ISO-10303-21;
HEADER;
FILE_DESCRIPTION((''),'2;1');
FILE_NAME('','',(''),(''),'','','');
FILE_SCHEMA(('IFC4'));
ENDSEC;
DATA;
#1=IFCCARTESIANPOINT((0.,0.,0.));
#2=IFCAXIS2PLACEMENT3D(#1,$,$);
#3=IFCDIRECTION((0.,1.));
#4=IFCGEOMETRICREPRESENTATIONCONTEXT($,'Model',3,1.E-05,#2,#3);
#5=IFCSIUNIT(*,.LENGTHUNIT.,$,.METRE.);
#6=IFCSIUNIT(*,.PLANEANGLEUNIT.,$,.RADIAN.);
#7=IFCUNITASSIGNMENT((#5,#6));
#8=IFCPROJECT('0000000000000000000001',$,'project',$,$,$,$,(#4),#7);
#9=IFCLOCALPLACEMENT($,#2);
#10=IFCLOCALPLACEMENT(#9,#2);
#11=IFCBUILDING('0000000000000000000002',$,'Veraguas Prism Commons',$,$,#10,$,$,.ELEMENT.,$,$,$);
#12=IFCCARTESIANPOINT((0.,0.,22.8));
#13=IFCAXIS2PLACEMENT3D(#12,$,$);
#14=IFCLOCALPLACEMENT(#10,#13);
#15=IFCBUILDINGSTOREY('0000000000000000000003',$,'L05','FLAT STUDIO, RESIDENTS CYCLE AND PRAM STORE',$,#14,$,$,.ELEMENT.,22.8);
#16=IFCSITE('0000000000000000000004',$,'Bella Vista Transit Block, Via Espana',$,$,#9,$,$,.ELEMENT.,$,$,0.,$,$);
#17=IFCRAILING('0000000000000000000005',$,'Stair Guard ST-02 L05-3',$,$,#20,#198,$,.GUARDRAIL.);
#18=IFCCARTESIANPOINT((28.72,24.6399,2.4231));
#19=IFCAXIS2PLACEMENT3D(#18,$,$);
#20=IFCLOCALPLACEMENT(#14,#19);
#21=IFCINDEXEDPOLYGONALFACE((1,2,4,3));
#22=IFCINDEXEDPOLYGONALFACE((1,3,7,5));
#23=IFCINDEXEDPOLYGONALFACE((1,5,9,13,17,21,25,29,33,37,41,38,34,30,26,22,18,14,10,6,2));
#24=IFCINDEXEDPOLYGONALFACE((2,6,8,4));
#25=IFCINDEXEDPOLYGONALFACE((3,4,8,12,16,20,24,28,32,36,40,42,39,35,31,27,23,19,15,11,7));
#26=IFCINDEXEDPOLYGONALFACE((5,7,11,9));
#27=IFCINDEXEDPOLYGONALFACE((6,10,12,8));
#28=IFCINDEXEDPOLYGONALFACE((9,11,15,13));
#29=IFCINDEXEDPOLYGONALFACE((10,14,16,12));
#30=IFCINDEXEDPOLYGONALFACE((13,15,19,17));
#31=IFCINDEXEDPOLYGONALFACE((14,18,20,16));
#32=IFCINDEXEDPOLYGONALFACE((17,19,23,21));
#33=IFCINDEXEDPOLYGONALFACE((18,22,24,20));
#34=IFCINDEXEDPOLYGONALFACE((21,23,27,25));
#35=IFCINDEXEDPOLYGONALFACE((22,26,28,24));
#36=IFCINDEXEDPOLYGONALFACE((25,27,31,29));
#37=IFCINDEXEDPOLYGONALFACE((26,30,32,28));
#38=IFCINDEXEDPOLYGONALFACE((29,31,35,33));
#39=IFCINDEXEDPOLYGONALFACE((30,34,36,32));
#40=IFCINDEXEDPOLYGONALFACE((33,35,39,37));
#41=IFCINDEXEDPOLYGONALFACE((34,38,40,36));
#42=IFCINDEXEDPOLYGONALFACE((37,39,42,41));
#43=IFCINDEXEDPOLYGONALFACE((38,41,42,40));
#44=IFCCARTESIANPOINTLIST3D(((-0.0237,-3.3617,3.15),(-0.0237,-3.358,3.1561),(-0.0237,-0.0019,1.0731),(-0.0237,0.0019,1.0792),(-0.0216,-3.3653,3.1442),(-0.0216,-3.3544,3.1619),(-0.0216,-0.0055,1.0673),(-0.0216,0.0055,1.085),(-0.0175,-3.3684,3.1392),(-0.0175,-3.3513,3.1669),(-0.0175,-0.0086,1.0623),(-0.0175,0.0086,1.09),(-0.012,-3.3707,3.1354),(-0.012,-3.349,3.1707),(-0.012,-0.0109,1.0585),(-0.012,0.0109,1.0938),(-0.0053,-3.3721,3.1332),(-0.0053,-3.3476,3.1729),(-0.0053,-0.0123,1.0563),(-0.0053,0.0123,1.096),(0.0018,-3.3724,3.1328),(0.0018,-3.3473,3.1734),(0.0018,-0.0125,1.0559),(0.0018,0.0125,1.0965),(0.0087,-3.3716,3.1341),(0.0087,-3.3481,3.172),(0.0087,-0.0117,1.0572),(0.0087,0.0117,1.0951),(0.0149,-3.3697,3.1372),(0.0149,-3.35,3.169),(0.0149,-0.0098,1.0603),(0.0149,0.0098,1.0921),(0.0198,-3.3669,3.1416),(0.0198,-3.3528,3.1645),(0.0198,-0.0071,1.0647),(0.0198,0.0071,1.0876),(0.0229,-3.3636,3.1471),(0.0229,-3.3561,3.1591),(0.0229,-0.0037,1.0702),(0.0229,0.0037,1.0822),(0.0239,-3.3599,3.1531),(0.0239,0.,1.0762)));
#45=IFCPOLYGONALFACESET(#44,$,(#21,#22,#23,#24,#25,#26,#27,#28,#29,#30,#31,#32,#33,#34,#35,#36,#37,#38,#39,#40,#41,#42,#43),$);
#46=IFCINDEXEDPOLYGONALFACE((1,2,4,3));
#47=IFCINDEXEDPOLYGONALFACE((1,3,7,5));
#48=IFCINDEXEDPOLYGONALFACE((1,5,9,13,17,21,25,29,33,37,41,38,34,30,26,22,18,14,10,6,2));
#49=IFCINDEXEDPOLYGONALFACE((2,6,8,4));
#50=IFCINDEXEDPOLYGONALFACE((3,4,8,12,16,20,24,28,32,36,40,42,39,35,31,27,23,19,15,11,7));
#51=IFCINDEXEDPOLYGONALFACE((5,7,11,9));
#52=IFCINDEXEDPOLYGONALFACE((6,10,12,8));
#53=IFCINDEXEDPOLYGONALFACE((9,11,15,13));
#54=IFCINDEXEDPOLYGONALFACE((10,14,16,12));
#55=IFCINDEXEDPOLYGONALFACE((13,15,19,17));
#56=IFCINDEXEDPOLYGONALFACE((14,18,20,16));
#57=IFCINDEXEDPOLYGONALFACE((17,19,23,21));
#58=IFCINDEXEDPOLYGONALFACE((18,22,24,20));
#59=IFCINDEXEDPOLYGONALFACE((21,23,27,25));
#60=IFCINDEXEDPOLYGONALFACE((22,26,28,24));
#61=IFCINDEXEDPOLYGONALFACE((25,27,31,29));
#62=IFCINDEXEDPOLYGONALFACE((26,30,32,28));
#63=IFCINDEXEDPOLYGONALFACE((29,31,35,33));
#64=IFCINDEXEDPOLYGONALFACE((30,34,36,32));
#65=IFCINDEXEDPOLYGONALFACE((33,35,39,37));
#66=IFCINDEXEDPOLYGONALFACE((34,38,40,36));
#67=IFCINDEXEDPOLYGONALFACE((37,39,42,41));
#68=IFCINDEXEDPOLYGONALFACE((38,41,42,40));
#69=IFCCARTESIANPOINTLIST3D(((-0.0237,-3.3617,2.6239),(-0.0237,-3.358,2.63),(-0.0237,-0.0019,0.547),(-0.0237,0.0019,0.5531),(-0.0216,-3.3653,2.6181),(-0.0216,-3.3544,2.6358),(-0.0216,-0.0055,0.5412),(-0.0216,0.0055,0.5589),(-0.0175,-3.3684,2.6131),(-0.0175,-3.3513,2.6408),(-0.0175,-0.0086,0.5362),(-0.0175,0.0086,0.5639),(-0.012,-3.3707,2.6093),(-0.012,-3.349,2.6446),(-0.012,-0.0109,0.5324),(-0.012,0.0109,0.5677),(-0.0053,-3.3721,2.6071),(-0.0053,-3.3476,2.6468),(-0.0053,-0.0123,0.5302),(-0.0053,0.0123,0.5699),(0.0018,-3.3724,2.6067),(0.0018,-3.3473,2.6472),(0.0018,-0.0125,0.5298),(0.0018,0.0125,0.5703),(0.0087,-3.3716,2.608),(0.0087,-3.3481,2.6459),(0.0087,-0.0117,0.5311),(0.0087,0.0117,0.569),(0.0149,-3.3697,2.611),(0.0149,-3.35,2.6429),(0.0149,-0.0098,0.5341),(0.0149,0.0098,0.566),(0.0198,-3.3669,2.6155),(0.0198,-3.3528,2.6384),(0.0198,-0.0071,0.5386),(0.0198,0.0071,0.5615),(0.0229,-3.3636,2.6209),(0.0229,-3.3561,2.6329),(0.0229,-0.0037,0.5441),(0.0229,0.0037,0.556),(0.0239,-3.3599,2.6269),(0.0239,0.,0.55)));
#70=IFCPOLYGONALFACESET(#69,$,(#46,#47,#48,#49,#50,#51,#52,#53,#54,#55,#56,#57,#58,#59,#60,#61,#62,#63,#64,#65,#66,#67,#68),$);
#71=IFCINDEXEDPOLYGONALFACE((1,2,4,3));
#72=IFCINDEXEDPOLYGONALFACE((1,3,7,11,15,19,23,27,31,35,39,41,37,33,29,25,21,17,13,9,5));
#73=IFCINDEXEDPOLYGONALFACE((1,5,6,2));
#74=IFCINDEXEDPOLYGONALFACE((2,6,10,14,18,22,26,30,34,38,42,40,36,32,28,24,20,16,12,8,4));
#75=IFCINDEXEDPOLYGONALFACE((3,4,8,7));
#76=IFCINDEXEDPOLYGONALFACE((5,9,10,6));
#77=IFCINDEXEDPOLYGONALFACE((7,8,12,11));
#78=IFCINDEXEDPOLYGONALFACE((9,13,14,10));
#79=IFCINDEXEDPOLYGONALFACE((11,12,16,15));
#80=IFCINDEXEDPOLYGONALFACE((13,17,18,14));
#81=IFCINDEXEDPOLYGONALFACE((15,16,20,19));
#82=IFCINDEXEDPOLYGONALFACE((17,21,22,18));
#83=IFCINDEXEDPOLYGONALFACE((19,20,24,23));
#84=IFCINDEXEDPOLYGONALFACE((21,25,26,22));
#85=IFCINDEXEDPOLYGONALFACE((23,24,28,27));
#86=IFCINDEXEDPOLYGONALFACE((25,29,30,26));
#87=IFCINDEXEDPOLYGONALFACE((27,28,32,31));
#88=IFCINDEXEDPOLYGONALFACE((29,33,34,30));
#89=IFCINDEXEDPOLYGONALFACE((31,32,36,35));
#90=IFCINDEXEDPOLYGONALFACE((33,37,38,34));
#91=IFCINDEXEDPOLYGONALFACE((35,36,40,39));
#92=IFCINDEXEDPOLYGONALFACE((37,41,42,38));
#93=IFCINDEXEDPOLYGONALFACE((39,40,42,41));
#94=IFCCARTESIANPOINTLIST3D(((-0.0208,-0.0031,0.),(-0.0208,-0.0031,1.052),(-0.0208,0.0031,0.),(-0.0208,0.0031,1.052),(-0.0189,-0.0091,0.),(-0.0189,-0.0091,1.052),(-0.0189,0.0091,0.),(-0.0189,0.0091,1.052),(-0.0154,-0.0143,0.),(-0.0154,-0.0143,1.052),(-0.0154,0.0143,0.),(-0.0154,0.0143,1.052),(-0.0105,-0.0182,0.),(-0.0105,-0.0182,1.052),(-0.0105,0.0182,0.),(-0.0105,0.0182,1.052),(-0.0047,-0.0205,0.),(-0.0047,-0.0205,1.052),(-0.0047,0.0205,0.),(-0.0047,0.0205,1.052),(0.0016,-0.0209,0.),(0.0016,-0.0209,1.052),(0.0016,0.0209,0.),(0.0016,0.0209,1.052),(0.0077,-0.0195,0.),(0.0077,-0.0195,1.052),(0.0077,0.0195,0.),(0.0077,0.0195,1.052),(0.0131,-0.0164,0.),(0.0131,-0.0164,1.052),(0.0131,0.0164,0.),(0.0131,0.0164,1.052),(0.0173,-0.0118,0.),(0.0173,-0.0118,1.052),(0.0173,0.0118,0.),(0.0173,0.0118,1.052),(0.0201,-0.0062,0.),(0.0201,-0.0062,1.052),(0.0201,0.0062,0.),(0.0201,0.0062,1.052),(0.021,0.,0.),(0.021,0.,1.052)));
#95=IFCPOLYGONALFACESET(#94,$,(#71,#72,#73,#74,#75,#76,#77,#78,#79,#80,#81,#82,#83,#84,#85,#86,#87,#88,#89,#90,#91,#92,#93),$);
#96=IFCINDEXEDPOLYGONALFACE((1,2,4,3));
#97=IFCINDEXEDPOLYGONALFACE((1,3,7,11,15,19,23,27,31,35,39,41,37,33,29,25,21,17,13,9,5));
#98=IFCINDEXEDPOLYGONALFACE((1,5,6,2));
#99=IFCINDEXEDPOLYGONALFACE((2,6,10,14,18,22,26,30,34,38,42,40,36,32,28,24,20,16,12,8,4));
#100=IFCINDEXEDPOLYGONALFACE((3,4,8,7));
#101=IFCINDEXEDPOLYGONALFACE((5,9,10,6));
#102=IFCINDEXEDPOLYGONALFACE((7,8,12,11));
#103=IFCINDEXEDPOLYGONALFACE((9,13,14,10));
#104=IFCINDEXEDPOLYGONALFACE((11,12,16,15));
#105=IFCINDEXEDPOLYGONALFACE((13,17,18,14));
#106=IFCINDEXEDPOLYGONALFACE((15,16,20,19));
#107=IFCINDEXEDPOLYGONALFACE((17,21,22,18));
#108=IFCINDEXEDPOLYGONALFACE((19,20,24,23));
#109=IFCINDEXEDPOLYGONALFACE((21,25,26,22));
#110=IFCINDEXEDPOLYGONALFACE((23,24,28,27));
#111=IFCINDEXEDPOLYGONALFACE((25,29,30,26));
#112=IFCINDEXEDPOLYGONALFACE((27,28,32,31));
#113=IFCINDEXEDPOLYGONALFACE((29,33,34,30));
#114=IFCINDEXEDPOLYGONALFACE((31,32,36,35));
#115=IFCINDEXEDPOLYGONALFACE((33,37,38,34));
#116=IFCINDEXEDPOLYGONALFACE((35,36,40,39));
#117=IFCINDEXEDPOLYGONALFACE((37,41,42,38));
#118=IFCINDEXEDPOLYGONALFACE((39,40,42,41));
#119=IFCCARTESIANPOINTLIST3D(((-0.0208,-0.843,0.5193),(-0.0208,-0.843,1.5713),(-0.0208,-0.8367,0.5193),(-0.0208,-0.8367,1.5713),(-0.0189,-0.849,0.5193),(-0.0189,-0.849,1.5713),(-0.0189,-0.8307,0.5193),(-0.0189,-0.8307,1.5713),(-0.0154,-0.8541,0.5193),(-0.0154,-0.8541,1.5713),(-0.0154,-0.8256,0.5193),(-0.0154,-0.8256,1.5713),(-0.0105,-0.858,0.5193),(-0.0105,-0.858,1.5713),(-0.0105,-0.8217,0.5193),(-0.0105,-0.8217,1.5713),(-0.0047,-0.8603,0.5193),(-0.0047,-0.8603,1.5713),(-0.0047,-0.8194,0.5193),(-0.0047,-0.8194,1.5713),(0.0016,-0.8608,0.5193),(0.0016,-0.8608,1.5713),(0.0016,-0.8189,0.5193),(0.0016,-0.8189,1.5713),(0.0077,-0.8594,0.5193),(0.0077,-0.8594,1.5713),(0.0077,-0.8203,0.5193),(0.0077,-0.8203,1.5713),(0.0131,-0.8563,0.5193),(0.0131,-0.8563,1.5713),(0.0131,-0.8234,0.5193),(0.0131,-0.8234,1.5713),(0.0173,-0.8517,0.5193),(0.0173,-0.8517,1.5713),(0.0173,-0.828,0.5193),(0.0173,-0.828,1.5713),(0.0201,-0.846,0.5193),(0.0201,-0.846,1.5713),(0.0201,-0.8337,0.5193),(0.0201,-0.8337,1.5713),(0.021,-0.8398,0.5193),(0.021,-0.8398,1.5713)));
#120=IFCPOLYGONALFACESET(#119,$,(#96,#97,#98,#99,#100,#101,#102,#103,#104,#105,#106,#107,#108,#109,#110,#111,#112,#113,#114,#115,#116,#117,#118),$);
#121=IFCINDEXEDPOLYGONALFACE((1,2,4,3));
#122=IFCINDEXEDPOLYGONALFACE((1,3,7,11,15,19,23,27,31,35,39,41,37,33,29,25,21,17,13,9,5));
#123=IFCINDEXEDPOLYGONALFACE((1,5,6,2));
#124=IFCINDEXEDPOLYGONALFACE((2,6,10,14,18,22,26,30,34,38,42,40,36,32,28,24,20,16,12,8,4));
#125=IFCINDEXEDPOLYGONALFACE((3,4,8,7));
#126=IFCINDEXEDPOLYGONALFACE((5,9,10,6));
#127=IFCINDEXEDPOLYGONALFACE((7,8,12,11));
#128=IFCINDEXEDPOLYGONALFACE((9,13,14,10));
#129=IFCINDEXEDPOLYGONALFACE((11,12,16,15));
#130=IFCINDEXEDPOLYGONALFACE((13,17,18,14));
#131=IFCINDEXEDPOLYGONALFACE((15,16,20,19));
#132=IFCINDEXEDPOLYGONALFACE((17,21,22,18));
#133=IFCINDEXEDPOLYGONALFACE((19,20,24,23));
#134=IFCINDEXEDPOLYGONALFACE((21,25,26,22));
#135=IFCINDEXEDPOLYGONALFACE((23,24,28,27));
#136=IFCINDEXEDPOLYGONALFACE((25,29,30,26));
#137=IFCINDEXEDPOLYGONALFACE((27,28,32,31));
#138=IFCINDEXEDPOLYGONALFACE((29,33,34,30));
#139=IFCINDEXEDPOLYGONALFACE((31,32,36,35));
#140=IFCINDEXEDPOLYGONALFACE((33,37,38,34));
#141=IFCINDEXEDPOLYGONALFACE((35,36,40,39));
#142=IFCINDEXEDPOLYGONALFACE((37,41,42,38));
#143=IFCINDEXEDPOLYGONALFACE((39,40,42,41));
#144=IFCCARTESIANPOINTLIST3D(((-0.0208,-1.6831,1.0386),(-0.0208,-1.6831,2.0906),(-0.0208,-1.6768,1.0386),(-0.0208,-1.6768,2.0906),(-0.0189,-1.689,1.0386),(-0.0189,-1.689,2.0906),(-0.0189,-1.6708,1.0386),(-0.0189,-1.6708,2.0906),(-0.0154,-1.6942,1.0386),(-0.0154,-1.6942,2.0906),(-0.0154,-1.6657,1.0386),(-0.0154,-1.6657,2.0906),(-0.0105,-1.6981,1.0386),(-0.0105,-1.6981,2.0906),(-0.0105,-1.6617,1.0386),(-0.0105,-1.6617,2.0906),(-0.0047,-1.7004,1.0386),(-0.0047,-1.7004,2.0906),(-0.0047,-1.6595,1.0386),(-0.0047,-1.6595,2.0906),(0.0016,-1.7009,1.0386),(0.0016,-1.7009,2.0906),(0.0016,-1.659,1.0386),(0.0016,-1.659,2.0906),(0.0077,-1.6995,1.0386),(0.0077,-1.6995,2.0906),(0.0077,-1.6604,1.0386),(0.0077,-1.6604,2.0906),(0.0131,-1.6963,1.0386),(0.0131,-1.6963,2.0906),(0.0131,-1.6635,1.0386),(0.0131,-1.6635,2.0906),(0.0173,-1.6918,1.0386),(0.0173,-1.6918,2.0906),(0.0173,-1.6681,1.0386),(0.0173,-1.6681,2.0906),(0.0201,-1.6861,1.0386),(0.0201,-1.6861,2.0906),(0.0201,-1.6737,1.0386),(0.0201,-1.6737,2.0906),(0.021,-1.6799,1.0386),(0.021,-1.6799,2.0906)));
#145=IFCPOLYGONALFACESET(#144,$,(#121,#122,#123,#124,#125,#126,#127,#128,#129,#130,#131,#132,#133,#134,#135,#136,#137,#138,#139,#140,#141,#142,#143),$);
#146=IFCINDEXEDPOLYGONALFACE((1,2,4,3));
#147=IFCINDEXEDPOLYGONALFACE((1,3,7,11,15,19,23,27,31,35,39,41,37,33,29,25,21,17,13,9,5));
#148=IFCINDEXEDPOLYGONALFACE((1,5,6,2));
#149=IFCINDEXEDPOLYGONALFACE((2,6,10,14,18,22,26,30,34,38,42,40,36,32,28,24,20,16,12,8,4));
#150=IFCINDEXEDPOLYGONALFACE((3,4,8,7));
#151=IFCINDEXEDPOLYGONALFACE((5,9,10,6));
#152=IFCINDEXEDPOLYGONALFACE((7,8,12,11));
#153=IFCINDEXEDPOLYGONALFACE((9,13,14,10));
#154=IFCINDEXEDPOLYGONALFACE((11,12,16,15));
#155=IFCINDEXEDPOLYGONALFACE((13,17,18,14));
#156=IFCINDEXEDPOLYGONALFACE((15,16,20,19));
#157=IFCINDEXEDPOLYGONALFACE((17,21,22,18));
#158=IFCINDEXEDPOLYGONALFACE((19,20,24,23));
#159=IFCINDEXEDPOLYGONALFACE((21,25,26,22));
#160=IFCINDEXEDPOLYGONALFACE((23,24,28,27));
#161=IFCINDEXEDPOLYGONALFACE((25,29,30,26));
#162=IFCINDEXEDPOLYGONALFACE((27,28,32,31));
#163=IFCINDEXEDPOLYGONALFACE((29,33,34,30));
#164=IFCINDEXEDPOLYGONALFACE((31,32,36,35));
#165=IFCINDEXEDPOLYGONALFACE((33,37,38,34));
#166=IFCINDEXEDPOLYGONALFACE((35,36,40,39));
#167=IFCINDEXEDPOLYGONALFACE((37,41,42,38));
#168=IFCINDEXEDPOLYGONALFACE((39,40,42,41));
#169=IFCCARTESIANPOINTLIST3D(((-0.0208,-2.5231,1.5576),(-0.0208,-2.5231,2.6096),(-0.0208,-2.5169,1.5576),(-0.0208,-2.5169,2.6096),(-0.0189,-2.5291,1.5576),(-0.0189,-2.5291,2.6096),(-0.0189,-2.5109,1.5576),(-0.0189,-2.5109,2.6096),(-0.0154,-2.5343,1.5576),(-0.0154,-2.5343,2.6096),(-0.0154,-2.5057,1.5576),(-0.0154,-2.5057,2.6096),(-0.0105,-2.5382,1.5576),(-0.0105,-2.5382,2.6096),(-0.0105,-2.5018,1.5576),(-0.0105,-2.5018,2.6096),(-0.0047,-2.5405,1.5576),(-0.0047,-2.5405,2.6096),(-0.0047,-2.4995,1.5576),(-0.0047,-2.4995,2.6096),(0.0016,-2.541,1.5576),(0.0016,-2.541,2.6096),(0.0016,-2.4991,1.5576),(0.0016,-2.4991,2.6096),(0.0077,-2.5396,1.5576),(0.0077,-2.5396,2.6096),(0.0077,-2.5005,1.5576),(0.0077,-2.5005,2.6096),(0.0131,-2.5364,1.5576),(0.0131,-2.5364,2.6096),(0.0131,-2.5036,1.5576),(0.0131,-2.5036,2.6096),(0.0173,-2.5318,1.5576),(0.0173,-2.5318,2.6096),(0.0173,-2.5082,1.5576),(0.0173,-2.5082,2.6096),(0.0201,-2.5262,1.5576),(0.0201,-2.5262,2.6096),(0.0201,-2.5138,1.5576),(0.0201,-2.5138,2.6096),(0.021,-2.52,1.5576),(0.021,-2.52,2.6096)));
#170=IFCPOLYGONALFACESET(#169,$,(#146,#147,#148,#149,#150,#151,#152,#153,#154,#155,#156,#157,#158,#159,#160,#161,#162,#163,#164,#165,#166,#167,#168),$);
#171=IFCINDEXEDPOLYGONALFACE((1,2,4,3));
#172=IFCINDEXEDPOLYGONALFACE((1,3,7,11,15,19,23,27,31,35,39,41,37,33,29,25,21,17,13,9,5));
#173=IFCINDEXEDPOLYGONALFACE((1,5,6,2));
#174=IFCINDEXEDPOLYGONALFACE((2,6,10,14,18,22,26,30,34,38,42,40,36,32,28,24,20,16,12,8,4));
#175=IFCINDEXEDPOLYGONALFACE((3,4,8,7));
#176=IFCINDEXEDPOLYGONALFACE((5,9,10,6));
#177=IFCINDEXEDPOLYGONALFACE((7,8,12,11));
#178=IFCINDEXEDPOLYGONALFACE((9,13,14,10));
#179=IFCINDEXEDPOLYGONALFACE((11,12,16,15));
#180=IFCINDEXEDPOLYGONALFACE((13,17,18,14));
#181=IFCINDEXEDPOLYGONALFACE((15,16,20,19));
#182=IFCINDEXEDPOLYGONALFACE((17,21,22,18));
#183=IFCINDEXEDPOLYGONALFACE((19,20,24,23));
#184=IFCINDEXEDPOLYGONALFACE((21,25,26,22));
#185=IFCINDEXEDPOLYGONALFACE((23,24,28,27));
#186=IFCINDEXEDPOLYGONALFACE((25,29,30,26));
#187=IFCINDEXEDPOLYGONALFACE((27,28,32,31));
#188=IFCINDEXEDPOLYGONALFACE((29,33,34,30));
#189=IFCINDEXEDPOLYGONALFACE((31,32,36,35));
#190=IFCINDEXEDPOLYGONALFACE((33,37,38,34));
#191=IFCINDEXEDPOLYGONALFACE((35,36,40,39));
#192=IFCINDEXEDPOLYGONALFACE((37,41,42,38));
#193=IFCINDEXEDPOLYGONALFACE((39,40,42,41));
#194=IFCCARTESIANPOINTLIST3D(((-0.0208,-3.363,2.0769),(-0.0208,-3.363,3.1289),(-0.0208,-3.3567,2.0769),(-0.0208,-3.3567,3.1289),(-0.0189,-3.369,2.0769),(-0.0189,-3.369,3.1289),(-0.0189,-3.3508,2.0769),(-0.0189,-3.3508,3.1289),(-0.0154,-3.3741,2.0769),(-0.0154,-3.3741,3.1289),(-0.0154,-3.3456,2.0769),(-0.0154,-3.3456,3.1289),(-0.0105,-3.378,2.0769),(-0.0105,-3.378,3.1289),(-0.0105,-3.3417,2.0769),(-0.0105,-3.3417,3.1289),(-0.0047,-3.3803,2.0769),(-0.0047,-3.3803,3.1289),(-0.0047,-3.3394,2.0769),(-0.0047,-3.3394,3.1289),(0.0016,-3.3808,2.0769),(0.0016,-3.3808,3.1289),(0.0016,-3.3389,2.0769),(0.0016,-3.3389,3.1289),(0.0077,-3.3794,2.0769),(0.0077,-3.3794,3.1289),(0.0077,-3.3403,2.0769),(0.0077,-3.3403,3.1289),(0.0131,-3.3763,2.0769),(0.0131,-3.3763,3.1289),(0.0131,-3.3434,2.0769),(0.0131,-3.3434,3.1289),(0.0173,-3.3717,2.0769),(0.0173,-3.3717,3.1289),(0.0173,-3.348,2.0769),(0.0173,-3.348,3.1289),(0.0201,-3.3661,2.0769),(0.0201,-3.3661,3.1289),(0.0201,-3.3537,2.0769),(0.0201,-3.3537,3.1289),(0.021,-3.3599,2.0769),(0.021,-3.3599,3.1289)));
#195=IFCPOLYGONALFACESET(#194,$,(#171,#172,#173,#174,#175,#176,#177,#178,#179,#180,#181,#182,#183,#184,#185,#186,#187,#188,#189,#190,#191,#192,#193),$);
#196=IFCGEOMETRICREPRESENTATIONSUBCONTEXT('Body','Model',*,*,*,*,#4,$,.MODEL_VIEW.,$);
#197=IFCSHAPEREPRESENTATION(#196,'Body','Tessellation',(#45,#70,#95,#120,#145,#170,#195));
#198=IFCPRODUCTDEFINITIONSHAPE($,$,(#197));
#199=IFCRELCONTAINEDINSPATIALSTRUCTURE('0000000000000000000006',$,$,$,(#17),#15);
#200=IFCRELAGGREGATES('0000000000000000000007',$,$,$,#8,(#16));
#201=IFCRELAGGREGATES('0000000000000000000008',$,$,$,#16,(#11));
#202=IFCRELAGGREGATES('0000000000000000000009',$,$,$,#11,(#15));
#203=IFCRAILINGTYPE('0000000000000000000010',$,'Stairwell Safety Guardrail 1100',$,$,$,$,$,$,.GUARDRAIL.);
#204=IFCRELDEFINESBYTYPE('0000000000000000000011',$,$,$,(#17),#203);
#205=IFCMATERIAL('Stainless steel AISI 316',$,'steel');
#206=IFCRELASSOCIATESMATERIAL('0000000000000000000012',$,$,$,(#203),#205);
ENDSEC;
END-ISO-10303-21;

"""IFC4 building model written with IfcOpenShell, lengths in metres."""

from ifc_helpers import new_model, si_unit, direction, frame, origin, origin_2d, place, context, subcontext, project, spatial, circle, extrude, material, type_object, element, save


model = new_model("IFC4")

# Units and contexts
model_context = context("Model", 3, precision=1e-05, world=origin(), true_north=direction((0.0, 1.0)))
body_context = subcontext(model_context, "Body", "Model", "MODEL_VIEW")
ifc_project = project(units=[si_unit("LENGTHUNIT", "METRE"), si_unit("PLANEANGLEUNIT", "RADIAN")], contexts=[model_context])

# Site, building, storey
site_placement = place(None, origin())
site = spatial("IfcSite", under=ifc_project, at=site_placement, Name="Bella Vista Transit Block, Via Espana", CompositionType="ELEMENT", RefElevation=0.0)
building_placement = place(site_placement, origin())
building = spatial("IfcBuilding", under=site, at=building_placement, Name="Veraguas Prism Commons", CompositionType="ELEMENT")
storey_placement = place(building_placement, frame((0.0, 0.0, 22.8)))
storey = spatial("IfcBuildingStorey", under=building, at=storey_placement, Name="L05", Description="FLAT STUDIO, RESIDENTS CYCLE AND PRAM STORE", CompositionType="ELEMENT", Elevation=22.8)

# Shared definitions
ifc_material_1 = material(Name="Stainless steel AISI 316", Category="steel")

# Railing
railing_type_1 = type_object("IfcRailingType", Name="Stairwell Safety Guardrail 1100", PredefinedType="GUARDRAIL", material=ifc_material_1)
railing_1_placement = place(storey_placement, frame((28.72, 24.6399, 2.4231)))
element("IfcRailing", 1, at=railing_1_placement, inside=storey, type_object=railing_type_1, Name="Stair Guard ST-02 L05-3", PredefinedType="GUARDRAIL", context=body_context, shape_type="SweptSolid", body=[
    extrude(circle(Radius=0.0239, at=origin_2d()), frame((0.0, 0.0, 1.0762), z_axis=(0.0, -0.850606, 0.525803), x_axis=(1.0, 0.0, 0.0)), (0.0, 0.0, 1.0), 3.95),
    extrude(circle(Radius=0.0239, at=origin_2d()), frame((0.0, 0.0, 0.55), z_axis=(0.0, -0.850606, 0.525803), x_axis=(1.0, 0.0, 0.0)), (0.0, 0.0, 1.0), 3.95),
    extrude(circle(Radius=0.021, at=origin_2d()), origin(), (0.0, 0.0, 1.0), 1.052),
    extrude(circle(Radius=0.021, at=origin_2d()), frame((0.0, -0.8398, 0.5193)), (0.0, 0.0, 1.0), 1.052),
    extrude(circle(Radius=0.021, at=origin_2d()), frame((0.0, -1.6799, 1.0386)), (0.0, 0.0, 1.0), 1.052),
    extrude(circle(Radius=0.021, at=origin_2d()), frame((0.0, -2.52, 1.5576)), (0.0, 0.0, 1.0), 1.052),
    extrude(circle(Radius=0.021, at=origin_2d()), frame((0.0, -3.3599, 2.0769)), (0.0, 0.0, 1.0), 1.052),
])

save(model, "model.ifc")
